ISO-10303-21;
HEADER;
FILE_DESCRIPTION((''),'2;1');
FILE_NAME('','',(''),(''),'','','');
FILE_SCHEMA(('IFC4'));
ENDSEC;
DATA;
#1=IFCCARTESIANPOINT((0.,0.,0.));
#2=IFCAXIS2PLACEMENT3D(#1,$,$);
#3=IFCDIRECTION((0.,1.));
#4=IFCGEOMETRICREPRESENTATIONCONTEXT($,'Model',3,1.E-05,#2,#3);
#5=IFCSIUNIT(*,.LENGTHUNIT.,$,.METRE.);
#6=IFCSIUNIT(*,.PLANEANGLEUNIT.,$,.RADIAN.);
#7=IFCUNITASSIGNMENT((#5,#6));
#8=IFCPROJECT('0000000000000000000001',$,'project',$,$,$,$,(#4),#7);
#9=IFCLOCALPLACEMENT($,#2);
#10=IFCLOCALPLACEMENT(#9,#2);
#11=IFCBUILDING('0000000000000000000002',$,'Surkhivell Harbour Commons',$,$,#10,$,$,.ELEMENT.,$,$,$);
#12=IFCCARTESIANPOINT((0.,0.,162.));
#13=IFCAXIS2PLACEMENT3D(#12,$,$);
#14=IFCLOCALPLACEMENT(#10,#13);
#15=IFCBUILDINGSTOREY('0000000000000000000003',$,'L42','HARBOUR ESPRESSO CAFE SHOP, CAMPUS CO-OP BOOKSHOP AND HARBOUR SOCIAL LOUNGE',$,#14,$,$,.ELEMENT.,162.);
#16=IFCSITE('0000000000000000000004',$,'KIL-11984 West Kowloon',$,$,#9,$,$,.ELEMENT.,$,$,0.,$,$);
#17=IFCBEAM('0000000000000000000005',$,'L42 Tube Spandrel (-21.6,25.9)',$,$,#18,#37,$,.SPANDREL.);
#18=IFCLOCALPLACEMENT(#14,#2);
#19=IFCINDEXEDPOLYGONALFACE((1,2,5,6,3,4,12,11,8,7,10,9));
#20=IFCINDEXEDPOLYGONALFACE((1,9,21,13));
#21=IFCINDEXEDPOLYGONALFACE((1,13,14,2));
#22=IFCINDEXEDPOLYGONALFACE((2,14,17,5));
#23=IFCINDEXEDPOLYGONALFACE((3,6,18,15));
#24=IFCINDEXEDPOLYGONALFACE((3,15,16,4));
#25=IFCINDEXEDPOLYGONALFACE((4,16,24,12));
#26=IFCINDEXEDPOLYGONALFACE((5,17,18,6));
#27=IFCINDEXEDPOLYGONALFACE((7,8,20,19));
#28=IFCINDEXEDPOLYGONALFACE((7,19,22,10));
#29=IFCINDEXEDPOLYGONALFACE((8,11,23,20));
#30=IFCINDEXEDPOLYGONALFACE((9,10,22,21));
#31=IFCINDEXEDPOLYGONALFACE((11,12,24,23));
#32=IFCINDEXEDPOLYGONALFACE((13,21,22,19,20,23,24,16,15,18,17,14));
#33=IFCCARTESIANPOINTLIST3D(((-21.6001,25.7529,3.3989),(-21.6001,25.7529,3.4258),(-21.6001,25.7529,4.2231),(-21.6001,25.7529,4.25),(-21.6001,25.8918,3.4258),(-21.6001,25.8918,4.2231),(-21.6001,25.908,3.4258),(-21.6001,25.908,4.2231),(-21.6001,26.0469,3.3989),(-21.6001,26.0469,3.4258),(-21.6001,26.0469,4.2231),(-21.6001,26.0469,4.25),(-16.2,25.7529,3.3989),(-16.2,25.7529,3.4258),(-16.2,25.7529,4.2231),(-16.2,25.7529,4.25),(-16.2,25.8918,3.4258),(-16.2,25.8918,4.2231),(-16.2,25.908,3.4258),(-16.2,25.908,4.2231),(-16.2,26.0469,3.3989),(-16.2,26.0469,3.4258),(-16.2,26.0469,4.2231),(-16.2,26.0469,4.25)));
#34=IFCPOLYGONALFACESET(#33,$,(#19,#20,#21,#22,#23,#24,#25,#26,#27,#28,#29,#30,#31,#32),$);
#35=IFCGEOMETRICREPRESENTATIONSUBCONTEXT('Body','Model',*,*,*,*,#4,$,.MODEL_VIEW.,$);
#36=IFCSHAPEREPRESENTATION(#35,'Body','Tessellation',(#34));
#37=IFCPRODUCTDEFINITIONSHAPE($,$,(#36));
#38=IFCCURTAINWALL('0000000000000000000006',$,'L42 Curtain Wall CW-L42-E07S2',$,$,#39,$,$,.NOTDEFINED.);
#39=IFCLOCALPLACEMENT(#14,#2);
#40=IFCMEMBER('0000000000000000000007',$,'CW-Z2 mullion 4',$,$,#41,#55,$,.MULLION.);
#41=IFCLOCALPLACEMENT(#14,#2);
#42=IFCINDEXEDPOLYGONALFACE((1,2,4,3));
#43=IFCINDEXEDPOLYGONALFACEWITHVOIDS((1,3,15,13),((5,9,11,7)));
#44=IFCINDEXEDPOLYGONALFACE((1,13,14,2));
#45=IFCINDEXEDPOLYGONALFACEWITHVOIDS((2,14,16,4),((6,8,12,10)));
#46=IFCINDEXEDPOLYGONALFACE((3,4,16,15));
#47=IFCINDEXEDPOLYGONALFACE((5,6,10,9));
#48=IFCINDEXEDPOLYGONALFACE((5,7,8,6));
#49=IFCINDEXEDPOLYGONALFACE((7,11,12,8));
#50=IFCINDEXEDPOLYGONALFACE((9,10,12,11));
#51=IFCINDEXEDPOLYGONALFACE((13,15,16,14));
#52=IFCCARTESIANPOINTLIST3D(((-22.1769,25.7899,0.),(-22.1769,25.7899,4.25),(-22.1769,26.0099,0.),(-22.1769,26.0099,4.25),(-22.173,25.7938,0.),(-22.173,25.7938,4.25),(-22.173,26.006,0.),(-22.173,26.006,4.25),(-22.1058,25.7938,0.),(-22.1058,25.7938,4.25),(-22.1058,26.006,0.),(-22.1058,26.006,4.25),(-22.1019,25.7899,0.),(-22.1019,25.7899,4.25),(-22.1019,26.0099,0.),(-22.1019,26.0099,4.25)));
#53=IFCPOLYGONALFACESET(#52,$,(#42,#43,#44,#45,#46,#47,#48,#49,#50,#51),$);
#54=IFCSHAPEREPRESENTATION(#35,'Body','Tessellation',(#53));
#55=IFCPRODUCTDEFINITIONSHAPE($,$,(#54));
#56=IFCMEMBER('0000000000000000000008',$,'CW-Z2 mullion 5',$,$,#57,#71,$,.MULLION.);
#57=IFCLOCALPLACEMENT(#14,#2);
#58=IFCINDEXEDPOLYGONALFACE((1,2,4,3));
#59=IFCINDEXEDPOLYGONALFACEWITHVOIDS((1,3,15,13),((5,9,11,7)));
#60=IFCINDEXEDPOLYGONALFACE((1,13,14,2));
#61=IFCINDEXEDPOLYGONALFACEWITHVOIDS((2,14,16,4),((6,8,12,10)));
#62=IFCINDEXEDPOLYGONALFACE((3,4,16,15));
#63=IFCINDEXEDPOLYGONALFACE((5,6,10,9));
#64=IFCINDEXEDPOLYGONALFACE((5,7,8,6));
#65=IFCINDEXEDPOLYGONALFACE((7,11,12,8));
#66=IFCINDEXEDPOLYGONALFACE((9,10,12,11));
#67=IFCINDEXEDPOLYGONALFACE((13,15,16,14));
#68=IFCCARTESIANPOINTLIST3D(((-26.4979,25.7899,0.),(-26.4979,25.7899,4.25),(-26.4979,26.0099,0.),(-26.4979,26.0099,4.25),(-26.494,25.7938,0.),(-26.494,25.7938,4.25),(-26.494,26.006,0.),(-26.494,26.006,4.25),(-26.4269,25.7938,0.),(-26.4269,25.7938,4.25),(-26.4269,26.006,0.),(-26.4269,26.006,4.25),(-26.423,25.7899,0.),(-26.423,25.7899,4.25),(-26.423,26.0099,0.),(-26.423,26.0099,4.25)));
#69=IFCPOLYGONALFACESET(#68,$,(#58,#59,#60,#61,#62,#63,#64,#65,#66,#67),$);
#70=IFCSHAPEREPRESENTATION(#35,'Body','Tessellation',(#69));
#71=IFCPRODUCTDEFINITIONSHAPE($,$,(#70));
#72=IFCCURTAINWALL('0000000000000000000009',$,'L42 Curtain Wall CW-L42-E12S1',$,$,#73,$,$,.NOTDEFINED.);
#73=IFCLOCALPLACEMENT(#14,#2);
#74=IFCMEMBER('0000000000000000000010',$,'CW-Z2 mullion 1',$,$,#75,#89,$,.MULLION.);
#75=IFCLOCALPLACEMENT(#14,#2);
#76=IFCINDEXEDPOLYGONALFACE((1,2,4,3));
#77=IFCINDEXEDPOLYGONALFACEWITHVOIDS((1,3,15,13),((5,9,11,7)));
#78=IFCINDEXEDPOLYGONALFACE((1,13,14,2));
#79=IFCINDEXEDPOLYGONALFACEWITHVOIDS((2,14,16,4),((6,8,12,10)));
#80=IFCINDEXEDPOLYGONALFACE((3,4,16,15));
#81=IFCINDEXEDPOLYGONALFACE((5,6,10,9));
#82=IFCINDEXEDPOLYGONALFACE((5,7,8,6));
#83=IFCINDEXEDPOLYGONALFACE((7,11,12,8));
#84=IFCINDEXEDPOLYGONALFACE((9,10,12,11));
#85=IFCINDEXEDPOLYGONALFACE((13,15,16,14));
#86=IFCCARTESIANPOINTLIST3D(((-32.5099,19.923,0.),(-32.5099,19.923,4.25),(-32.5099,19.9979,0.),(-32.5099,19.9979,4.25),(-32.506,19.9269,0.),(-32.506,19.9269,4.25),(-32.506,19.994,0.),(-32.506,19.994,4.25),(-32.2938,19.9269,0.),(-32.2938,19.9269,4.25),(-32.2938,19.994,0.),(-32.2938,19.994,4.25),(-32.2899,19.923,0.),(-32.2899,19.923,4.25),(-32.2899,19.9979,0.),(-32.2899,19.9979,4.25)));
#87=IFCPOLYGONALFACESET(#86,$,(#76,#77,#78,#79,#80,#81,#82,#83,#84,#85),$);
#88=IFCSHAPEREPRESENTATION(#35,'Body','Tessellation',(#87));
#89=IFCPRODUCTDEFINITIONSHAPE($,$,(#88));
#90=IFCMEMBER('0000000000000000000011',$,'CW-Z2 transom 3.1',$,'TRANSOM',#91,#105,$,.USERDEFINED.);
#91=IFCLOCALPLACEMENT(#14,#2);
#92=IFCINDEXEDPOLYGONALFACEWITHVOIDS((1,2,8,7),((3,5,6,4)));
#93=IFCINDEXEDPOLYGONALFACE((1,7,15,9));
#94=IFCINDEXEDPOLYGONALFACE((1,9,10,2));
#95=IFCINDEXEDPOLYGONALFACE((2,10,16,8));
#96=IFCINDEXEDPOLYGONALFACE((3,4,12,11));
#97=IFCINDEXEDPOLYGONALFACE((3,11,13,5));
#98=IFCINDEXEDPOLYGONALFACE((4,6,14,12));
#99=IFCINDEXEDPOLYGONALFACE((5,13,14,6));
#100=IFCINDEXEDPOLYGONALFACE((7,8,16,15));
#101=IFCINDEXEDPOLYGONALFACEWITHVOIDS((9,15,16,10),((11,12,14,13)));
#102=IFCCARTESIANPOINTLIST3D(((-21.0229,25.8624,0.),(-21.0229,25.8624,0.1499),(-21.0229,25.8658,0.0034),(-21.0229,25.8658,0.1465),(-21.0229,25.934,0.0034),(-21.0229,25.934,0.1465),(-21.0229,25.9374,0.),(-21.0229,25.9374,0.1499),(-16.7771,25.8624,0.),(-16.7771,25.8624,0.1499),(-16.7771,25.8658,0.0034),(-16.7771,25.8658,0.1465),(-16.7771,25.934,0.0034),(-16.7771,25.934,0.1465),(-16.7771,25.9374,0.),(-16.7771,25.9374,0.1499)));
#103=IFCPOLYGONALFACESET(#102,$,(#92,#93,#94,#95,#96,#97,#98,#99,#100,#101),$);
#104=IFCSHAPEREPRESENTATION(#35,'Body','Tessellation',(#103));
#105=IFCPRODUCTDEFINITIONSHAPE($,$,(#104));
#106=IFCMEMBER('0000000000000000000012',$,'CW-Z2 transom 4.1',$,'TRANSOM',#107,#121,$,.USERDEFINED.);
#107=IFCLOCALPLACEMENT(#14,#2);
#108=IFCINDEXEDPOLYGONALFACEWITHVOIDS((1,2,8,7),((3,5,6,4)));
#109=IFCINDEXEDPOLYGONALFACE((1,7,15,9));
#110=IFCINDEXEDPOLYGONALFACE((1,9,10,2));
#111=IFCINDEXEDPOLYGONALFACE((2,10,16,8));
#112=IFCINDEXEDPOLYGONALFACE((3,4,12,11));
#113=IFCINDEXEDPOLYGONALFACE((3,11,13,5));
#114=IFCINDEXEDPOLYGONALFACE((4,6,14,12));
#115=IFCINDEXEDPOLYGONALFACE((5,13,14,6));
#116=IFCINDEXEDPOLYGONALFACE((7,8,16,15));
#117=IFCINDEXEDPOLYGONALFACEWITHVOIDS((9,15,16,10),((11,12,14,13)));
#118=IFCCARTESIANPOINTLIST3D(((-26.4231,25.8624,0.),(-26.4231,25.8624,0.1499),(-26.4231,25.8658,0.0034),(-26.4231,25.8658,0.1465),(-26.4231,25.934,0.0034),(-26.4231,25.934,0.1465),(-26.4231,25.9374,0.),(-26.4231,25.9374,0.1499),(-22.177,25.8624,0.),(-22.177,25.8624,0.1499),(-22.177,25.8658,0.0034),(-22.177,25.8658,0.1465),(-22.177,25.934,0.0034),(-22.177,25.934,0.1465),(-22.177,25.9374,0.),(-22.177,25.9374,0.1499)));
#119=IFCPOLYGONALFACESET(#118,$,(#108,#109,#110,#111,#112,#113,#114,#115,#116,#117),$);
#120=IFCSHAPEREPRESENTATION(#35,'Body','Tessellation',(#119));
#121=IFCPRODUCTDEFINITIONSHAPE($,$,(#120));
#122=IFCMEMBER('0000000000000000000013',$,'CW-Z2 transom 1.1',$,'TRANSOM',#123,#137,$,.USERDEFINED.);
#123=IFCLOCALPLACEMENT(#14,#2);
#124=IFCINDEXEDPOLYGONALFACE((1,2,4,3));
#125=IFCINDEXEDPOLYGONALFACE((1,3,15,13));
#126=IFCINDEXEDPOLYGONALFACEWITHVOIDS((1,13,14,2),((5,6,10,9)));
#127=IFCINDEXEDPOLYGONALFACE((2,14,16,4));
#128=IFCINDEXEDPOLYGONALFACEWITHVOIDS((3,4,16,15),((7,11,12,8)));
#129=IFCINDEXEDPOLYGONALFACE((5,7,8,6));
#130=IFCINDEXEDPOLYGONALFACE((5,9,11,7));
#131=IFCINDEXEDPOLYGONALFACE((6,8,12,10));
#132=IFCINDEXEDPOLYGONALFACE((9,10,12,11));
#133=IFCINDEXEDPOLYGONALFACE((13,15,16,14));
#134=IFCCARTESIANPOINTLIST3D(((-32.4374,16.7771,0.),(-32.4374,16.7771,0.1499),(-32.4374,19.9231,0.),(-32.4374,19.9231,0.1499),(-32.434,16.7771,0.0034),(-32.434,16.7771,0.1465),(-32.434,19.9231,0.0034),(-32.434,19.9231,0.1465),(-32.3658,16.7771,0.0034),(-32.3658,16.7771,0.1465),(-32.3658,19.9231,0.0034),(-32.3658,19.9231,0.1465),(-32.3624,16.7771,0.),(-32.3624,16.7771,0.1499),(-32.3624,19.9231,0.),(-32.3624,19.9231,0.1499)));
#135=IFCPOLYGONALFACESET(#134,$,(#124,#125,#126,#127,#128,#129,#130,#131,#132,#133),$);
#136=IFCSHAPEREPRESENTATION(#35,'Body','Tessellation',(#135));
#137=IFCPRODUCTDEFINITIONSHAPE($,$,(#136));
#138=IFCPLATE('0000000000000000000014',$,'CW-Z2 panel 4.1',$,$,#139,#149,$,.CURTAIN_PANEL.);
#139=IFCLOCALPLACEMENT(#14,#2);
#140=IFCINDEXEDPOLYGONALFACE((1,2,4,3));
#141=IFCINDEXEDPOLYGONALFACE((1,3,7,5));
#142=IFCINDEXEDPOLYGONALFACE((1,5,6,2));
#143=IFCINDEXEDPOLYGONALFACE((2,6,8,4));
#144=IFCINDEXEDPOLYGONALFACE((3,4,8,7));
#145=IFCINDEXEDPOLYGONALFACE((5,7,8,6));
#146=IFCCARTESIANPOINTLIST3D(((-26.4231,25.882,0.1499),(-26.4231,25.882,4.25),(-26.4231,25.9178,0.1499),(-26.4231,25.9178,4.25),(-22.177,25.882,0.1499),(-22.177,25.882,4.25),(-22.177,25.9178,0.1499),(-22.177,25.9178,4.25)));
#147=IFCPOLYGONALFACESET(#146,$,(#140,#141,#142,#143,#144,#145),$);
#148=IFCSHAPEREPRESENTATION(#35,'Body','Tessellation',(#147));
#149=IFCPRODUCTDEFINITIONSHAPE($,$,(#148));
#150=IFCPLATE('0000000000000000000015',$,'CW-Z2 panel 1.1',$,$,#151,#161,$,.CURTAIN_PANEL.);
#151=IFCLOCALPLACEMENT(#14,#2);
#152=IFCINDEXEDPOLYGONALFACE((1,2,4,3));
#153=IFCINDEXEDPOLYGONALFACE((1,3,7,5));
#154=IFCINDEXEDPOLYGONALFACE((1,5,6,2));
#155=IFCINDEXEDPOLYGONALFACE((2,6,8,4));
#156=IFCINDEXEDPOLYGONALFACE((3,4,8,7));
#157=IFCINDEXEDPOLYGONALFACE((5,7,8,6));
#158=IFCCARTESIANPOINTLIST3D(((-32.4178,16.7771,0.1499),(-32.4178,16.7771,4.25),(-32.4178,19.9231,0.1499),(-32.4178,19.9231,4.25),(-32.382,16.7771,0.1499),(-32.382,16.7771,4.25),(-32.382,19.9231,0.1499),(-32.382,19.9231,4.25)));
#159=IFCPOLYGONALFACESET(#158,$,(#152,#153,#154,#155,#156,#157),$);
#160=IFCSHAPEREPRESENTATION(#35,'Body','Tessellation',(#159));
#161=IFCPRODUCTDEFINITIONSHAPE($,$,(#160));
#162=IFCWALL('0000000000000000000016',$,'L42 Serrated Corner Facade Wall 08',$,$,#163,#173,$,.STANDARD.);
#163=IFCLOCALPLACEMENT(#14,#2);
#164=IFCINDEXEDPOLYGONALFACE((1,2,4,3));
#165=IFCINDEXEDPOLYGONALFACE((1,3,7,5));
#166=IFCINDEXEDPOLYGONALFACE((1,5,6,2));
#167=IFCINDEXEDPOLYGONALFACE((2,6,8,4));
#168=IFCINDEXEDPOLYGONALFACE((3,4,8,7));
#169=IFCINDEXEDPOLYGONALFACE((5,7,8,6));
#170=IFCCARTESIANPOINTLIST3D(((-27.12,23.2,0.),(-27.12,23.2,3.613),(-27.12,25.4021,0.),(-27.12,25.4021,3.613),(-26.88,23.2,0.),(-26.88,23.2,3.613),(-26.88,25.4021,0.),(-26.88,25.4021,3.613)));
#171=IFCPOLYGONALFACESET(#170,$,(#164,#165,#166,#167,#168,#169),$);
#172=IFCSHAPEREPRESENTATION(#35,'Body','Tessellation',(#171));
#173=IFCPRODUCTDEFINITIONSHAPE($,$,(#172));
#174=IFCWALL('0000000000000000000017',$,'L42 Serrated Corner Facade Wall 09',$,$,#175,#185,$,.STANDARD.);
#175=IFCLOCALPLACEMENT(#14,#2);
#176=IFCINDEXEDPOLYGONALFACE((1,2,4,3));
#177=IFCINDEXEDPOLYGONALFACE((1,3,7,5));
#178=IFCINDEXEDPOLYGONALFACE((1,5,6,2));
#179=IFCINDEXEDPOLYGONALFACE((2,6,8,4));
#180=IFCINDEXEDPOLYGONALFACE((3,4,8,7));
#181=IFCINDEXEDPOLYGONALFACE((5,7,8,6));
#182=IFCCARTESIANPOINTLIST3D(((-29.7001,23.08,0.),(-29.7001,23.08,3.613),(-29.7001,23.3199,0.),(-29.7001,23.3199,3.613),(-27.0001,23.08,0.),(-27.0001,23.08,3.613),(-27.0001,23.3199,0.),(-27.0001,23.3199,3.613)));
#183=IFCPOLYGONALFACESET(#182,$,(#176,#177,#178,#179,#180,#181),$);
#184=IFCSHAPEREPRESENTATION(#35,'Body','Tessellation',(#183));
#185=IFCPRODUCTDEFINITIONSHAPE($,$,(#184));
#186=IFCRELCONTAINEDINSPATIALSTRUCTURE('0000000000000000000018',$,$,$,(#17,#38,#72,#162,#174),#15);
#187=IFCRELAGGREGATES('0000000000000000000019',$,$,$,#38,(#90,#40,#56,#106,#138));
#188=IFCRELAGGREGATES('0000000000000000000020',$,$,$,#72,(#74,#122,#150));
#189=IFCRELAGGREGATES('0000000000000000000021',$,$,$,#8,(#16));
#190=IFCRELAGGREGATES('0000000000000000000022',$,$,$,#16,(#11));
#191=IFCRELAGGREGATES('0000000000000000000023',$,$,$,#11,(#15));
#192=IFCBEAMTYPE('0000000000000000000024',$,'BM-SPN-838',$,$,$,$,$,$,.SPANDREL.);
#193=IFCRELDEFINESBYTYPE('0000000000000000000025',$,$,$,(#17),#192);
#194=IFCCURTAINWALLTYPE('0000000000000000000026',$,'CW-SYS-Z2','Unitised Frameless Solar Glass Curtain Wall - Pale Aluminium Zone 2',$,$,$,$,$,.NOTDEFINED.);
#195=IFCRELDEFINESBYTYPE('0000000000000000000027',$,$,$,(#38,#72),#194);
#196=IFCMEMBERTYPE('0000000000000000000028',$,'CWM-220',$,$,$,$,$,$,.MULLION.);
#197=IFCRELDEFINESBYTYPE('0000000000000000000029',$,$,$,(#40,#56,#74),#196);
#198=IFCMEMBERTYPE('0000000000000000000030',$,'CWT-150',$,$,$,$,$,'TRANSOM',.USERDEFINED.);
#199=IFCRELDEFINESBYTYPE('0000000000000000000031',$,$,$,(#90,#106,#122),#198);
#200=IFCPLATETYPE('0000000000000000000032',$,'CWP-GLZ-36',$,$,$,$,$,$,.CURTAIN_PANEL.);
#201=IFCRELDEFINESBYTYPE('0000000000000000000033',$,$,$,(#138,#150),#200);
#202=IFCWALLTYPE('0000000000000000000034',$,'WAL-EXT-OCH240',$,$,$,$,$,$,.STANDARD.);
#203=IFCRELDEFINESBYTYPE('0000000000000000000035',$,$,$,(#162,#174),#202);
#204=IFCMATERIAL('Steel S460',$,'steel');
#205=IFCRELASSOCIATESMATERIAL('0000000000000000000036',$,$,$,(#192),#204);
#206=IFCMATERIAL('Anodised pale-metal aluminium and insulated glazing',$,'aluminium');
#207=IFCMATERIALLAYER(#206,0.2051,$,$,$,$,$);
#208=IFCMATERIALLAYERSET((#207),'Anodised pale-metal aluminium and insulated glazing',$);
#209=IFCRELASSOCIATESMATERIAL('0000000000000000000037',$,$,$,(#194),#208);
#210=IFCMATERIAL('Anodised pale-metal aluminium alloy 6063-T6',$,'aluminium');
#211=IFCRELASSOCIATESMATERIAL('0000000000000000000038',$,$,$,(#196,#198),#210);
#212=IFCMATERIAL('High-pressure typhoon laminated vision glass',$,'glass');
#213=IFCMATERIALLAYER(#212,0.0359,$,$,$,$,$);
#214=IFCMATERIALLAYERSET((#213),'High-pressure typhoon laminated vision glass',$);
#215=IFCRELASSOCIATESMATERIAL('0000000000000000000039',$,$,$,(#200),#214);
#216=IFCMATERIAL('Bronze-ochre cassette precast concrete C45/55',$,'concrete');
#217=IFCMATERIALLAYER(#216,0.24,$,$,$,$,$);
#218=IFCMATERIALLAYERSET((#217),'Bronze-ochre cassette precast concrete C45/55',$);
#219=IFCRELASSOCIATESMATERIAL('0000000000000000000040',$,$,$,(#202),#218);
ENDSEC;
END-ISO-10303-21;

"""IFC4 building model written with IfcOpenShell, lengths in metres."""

from ifc_helpers import new_model, si_unit, direction, frame, frame_2d, origin, origin_2d, place, context, subcontext, project, spatial, rectangle, hollow_rectangle, i_section, extrude, material, layer, layer_set, material_profile, profile_set, type_object, element, aggregate, save


model = new_model("IFC4")

# Units and contexts
model_context = context("Model", 3, precision=1e-05, world=origin(), true_north=direction((0.0, 1.0)))
body_context = subcontext(model_context, "Body", "Model", "MODEL_VIEW")
ifc_project = project(units=[si_unit("LENGTHUNIT", "METRE"), si_unit("PLANEANGLEUNIT", "RADIAN")], contexts=[model_context])

# Site, building, storey
site_placement = place(None, origin())
site = spatial("IfcSite", under=ifc_project, at=site_placement, Name="KIL-11984 West Kowloon", CompositionType="ELEMENT", RefElevation=0.0)
building_placement = place(site_placement, origin())
building = spatial("IfcBuilding", under=site, at=building_placement, Name="Surkhivell Harbour Commons", CompositionType="ELEMENT")
storey_placement = place(building_placement, frame((0.0, 0.0, 162.0)))
storey = spatial("IfcBuildingStorey", under=building, at=storey_placement, Name="L42", Description="HARBOUR ESPRESSO CAFE SHOP, CAMPUS CO-OP BOOKSHOP AND HARBOUR SOCIAL LOUNGE", CompositionType="ELEMENT", Elevation=162.0)

# Beam
ifc_material_1 = material(Name="Steel S460", Category="steel")
ifc_material_profile_1 = material_profile(ifc_material_1, i_section(OverallWidth=0.2939, OverallDepth=0.8511, WebThickness=0.0161, FlangeThickness=0.0269, at=origin_2d()), Name="UB838x292x226")
ifc_profile_set_1 = profile_set([ifc_material_profile_1], Name="Steel S460")
beam_type_1 = type_object("IfcBeamType", Name="BM-SPN-838", PredefinedType="SPANDREL", material=ifc_profile_set_1)
beam_1_placement = place(storey_placement, frame((-21.6001, 25.8999, 3.8245), z_axis=(1.0, 0.0, 0.0), x_axis=(0.0, 1.0, 0.0)))
element("IfcBeam", 1, at=beam_1_placement, inside=storey, type_object=beam_type_1, Name="L42 Tube Spandrel (-21.6,25.9)", PredefinedType="SPANDREL", context=body_context, shape_type="SweptSolid", body=[
    extrude(i_section(OverallWidth=0.2939, OverallDepth=0.8511, WebThickness=0.0161, FlangeThickness=0.0269, at=origin_2d()), origin(), (0.0, 0.0, 1.0), 5.4001),
])

# Curtain wall, members
ifc_material_2 = material(Name="Anodised pale-metal aluminium and insulated glazing", Category="aluminium")
ifc_layer_1 = layer(ifc_material_2, 0.2051)
ifc_layer_set_1 = layer_set([ifc_layer_1], Name="Anodised pale-metal aluminium and insulated glazing")
curtain_wall_type = type_object("IfcCurtainWallType", Name="CW-SYS-Z2", Description="Unitised Frameless Solar Glass Curtain Wall - Pale Aluminium Zone 2", PredefinedType="NOTDEFINED", material=ifc_layer_set_1)
curtain_wall_1_placement = place(storey_placement, origin())
curtain_wall_1 = element("IfcCurtainWall", 2, at=curtain_wall_1_placement, inside=storey, type_object=curtain_wall_type, Name="L42 Curtain Wall CW-L42-E07S2", PredefinedType="NOTDEFINED")
ifc_material_3 = material(Name="Anodised pale-metal aluminium alloy 6063-T6", Category="aluminium")
ifc_material_profile_2 = material_profile(ifc_material_3, hollow_rectangle(XDim=0.075, YDim=0.22, WallThickness=0.0039, at=origin_2d()), Name="ALU-MULL-75x220")
ifc_profile_set_2 = profile_set([ifc_material_profile_2], Name="Anodised pale-metal aluminium alloy 6063-T6")
member_type_1 = type_object("IfcMemberType", Name="CWM-220", PredefinedType="MULLION", material=ifc_profile_set_2)
member_1_placement = place(storey_placement, frame((-22.1394, 25.8999, 0.0), z_axis=(0.0, 0.0, 1.0), x_axis=(-1.0, 0.0, 0.0)))
member_1 = element("IfcMember", 3, at=member_1_placement, type_object=member_type_1, Name="CW-Z2 mullion 4", PredefinedType="MULLION", context=body_context, shape_type="SweptSolid", body=[
    extrude(hollow_rectangle(XDim=0.075, YDim=0.22, WallThickness=0.0039, at=origin_2d()), origin(), (0.0, 0.0, 1.0), 4.25),
])
member_2_placement = place(storey_placement, frame((-26.4604, 25.8999, 0.0), z_axis=(0.0, 0.0, 1.0), x_axis=(-1.0, 0.0, 0.0)))
member_2 = element("IfcMember", 4, at=member_2_placement, type_object=member_type_1, Name="CW-Z2 mullion 5", PredefinedType="MULLION", context=body_context, shape_type="SweptSolid", body=[
    extrude(hollow_rectangle(XDim=0.075, YDim=0.22, WallThickness=0.0039, at=origin_2d()), origin(), (0.0, 0.0, 1.0), 4.25),
])

# Curtain wall, member
curtain_wall_2_placement = place(storey_placement, origin())
curtain_wall_2 = element("IfcCurtainWall", 5, at=curtain_wall_2_placement, inside=storey, type_object=curtain_wall_type, Name="L42 Curtain Wall CW-L42-E12S1", PredefinedType="NOTDEFINED")
member_3_placement = place(storey_placement, frame((-32.3999, 19.9604, 0.0), z_axis=(0.0, 0.0, 1.0), x_axis=(0.0, -1.0, 0.0)))
member_3 = element("IfcMember", 6, at=member_3_placement, type_object=member_type_1, Name="CW-Z2 mullion 1", PredefinedType="MULLION", context=body_context, shape_type="SweptSolid", body=[
    extrude(hollow_rectangle(XDim=0.075, YDim=0.22, WallThickness=0.0039, at=origin_2d()), origin(), (0.0, 0.0, 1.0), 4.25),
])

# Members
ifc_material_profile_3 = material_profile(ifc_material_3, hollow_rectangle(XDim=0.075, YDim=0.1499, WallThickness=0.0034, at=origin_2d()), Name="ALU-TRAN-75x150")
ifc_profile_set_3 = profile_set([ifc_material_profile_3], Name="Anodised pale-metal aluminium alloy 6063-T6")
member_type_2 = type_object("IfcMemberType", Name="CWT-150", ElementType="TRANSOM", PredefinedType="USERDEFINED", material=ifc_profile_set_3)
member_4_placement = place(storey_placement, frame((-16.7771, 25.8999, 0.075), z_axis=(-1.0, 0.0, 0.0), x_axis=(0.0, -1.0, 0.0)))
member_4 = element("IfcMember", 7, at=member_4_placement, type_object=member_type_2, Name="CW-Z2 transom 3.1", ObjectType="TRANSOM", PredefinedType="USERDEFINED", context=body_context, shape_type="SweptSolid", body=[
    extrude(hollow_rectangle(XDim=0.075, YDim=0.1499, WallThickness=0.0034, at=origin_2d()), origin(), (0.0, 0.0, 1.0), 4.2458),
])
member_5_placement = place(storey_placement, frame((-22.177, 25.8999, 0.075), z_axis=(-1.0, 0.0, 0.0), x_axis=(0.0, -1.0, 0.0)))
member_5 = element("IfcMember", 8, at=member_5_placement, type_object=member_type_2, Name="CW-Z2 transom 4.1", ObjectType="TRANSOM", PredefinedType="USERDEFINED", context=body_context, shape_type="SweptSolid", body=[
    extrude(hollow_rectangle(XDim=0.075, YDim=0.1499, WallThickness=0.0034, at=origin_2d()), origin(), (0.0, 0.0, 1.0), 4.2461),
])
member_6_placement = place(storey_placement, frame((-32.3999, 19.9231, 0.075), z_axis=(0.0, -1.0, 0.0), x_axis=(1.0, 0.0, 0.0)))
member_6 = element("IfcMember", 9, at=member_6_placement, type_object=member_type_2, Name="CW-Z2 transom 1.1", ObjectType="TRANSOM", PredefinedType="USERDEFINED", context=body_context, shape_type="SweptSolid", body=[
    extrude(hollow_rectangle(XDim=0.075, YDim=0.1499, WallThickness=0.0034, at=origin_2d()), origin(), (0.0, 0.0, 1.0), 3.146),
])

# Plates
ifc_material_4 = material(Name="High-pressure typhoon laminated vision glass", Category="glass")
ifc_layer_2 = layer(ifc_material_4, 0.0359)
ifc_layer_set_2 = layer_set([ifc_layer_2], Name="High-pressure typhoon laminated vision glass")
plate_type = type_object("IfcPlateType", Name="CWP-GLZ-36", PredefinedType="CURTAIN_PANEL", material=ifc_layer_set_2)
plate_1_placement = place(storey_placement, frame((-22.177, 25.8999, 0.1499), z_axis=(0.0, 0.0, 1.0), x_axis=(-1.0, 0.0, 0.0)))
plate_1 = element("IfcPlate", 10, at=plate_1_placement, type_object=plate_type, Name="CW-Z2 panel 4.1", PredefinedType="CURTAIN_PANEL", context=body_context, shape_type="SweptSolid", body=[
    extrude(rectangle(XDim=4.2461, YDim=0.0359, at=frame_2d((2.123, 0.0))), origin(), (0.0, 0.0, 1.0), 4.1001),
])
aggregate(curtain_wall_1, [member_4, member_1, member_2, member_5, plate_1])
plate_2_placement = place(storey_placement, frame((-32.3999, 19.9231, 0.1499), z_axis=(0.0, 0.0, 1.0), x_axis=(0.0, -1.0, 0.0)))
plate_2 = element("IfcPlate", 11, at=plate_2_placement, type_object=plate_type, Name="CW-Z2 panel 1.1", PredefinedType="CURTAIN_PANEL", context=body_context, shape_type="SweptSolid", body=[
    extrude(rectangle(XDim=3.146, YDim=0.0359, at=frame_2d((1.573, 0.0))), origin(), (0.0, 0.0, 1.0), 4.1001),
])
aggregate(curtain_wall_2, [member_3, member_6, plate_2])

# Walls
ifc_material_5 = material(Name="Bronze-ochre cassette precast concrete C45/55", Category="concrete")
ifc_layer_3 = layer(ifc_material_5, 0.24)
ifc_layer_set_3 = layer_set([ifc_layer_3], Name="Bronze-ochre cassette precast concrete C45/55")
wall_type = type_object("IfcWallType", Name="WAL-EXT-OCH240", PredefinedType="STANDARD", material=ifc_layer_set_3)
wall_1_placement = place(storey_placement, frame((-27.0, 25.4021, 0.0), z_axis=(0.0, 0.0, 1.0), x_axis=(0.0, -1.0, 0.0)))
element("IfcWall", 12, at=wall_1_placement, inside=storey, type_object=wall_type, Name="L42 Serrated Corner Facade Wall 08", PredefinedType="STANDARD", context=body_context, shape_type="SweptSolid", body=[
    extrude(rectangle(XDim=2.2021, YDim=0.24, at=frame_2d((1.1011, 0.0))), origin(), (0.0, 0.0, 1.0), 3.613),
])
wall_2_placement = place(storey_placement, frame((-27.0, 23.2, 0.0), z_axis=(0.0, 0.0, 1.0), x_axis=(-1.0, 0.0, 0.0)))
element("IfcWall", 13, at=wall_2_placement, inside=storey, type_object=wall_type, Name="L42 Serrated Corner Facade Wall 09", PredefinedType="STANDARD", context=body_context, shape_type="SweptSolid", body=[
    extrude(rectangle(XDim=2.7, YDim=0.24, at=frame_2d((1.3501, 0.0))), origin(), (0.0, 0.0, 1.0), 3.613),
])

save(model, "model.ifc")
